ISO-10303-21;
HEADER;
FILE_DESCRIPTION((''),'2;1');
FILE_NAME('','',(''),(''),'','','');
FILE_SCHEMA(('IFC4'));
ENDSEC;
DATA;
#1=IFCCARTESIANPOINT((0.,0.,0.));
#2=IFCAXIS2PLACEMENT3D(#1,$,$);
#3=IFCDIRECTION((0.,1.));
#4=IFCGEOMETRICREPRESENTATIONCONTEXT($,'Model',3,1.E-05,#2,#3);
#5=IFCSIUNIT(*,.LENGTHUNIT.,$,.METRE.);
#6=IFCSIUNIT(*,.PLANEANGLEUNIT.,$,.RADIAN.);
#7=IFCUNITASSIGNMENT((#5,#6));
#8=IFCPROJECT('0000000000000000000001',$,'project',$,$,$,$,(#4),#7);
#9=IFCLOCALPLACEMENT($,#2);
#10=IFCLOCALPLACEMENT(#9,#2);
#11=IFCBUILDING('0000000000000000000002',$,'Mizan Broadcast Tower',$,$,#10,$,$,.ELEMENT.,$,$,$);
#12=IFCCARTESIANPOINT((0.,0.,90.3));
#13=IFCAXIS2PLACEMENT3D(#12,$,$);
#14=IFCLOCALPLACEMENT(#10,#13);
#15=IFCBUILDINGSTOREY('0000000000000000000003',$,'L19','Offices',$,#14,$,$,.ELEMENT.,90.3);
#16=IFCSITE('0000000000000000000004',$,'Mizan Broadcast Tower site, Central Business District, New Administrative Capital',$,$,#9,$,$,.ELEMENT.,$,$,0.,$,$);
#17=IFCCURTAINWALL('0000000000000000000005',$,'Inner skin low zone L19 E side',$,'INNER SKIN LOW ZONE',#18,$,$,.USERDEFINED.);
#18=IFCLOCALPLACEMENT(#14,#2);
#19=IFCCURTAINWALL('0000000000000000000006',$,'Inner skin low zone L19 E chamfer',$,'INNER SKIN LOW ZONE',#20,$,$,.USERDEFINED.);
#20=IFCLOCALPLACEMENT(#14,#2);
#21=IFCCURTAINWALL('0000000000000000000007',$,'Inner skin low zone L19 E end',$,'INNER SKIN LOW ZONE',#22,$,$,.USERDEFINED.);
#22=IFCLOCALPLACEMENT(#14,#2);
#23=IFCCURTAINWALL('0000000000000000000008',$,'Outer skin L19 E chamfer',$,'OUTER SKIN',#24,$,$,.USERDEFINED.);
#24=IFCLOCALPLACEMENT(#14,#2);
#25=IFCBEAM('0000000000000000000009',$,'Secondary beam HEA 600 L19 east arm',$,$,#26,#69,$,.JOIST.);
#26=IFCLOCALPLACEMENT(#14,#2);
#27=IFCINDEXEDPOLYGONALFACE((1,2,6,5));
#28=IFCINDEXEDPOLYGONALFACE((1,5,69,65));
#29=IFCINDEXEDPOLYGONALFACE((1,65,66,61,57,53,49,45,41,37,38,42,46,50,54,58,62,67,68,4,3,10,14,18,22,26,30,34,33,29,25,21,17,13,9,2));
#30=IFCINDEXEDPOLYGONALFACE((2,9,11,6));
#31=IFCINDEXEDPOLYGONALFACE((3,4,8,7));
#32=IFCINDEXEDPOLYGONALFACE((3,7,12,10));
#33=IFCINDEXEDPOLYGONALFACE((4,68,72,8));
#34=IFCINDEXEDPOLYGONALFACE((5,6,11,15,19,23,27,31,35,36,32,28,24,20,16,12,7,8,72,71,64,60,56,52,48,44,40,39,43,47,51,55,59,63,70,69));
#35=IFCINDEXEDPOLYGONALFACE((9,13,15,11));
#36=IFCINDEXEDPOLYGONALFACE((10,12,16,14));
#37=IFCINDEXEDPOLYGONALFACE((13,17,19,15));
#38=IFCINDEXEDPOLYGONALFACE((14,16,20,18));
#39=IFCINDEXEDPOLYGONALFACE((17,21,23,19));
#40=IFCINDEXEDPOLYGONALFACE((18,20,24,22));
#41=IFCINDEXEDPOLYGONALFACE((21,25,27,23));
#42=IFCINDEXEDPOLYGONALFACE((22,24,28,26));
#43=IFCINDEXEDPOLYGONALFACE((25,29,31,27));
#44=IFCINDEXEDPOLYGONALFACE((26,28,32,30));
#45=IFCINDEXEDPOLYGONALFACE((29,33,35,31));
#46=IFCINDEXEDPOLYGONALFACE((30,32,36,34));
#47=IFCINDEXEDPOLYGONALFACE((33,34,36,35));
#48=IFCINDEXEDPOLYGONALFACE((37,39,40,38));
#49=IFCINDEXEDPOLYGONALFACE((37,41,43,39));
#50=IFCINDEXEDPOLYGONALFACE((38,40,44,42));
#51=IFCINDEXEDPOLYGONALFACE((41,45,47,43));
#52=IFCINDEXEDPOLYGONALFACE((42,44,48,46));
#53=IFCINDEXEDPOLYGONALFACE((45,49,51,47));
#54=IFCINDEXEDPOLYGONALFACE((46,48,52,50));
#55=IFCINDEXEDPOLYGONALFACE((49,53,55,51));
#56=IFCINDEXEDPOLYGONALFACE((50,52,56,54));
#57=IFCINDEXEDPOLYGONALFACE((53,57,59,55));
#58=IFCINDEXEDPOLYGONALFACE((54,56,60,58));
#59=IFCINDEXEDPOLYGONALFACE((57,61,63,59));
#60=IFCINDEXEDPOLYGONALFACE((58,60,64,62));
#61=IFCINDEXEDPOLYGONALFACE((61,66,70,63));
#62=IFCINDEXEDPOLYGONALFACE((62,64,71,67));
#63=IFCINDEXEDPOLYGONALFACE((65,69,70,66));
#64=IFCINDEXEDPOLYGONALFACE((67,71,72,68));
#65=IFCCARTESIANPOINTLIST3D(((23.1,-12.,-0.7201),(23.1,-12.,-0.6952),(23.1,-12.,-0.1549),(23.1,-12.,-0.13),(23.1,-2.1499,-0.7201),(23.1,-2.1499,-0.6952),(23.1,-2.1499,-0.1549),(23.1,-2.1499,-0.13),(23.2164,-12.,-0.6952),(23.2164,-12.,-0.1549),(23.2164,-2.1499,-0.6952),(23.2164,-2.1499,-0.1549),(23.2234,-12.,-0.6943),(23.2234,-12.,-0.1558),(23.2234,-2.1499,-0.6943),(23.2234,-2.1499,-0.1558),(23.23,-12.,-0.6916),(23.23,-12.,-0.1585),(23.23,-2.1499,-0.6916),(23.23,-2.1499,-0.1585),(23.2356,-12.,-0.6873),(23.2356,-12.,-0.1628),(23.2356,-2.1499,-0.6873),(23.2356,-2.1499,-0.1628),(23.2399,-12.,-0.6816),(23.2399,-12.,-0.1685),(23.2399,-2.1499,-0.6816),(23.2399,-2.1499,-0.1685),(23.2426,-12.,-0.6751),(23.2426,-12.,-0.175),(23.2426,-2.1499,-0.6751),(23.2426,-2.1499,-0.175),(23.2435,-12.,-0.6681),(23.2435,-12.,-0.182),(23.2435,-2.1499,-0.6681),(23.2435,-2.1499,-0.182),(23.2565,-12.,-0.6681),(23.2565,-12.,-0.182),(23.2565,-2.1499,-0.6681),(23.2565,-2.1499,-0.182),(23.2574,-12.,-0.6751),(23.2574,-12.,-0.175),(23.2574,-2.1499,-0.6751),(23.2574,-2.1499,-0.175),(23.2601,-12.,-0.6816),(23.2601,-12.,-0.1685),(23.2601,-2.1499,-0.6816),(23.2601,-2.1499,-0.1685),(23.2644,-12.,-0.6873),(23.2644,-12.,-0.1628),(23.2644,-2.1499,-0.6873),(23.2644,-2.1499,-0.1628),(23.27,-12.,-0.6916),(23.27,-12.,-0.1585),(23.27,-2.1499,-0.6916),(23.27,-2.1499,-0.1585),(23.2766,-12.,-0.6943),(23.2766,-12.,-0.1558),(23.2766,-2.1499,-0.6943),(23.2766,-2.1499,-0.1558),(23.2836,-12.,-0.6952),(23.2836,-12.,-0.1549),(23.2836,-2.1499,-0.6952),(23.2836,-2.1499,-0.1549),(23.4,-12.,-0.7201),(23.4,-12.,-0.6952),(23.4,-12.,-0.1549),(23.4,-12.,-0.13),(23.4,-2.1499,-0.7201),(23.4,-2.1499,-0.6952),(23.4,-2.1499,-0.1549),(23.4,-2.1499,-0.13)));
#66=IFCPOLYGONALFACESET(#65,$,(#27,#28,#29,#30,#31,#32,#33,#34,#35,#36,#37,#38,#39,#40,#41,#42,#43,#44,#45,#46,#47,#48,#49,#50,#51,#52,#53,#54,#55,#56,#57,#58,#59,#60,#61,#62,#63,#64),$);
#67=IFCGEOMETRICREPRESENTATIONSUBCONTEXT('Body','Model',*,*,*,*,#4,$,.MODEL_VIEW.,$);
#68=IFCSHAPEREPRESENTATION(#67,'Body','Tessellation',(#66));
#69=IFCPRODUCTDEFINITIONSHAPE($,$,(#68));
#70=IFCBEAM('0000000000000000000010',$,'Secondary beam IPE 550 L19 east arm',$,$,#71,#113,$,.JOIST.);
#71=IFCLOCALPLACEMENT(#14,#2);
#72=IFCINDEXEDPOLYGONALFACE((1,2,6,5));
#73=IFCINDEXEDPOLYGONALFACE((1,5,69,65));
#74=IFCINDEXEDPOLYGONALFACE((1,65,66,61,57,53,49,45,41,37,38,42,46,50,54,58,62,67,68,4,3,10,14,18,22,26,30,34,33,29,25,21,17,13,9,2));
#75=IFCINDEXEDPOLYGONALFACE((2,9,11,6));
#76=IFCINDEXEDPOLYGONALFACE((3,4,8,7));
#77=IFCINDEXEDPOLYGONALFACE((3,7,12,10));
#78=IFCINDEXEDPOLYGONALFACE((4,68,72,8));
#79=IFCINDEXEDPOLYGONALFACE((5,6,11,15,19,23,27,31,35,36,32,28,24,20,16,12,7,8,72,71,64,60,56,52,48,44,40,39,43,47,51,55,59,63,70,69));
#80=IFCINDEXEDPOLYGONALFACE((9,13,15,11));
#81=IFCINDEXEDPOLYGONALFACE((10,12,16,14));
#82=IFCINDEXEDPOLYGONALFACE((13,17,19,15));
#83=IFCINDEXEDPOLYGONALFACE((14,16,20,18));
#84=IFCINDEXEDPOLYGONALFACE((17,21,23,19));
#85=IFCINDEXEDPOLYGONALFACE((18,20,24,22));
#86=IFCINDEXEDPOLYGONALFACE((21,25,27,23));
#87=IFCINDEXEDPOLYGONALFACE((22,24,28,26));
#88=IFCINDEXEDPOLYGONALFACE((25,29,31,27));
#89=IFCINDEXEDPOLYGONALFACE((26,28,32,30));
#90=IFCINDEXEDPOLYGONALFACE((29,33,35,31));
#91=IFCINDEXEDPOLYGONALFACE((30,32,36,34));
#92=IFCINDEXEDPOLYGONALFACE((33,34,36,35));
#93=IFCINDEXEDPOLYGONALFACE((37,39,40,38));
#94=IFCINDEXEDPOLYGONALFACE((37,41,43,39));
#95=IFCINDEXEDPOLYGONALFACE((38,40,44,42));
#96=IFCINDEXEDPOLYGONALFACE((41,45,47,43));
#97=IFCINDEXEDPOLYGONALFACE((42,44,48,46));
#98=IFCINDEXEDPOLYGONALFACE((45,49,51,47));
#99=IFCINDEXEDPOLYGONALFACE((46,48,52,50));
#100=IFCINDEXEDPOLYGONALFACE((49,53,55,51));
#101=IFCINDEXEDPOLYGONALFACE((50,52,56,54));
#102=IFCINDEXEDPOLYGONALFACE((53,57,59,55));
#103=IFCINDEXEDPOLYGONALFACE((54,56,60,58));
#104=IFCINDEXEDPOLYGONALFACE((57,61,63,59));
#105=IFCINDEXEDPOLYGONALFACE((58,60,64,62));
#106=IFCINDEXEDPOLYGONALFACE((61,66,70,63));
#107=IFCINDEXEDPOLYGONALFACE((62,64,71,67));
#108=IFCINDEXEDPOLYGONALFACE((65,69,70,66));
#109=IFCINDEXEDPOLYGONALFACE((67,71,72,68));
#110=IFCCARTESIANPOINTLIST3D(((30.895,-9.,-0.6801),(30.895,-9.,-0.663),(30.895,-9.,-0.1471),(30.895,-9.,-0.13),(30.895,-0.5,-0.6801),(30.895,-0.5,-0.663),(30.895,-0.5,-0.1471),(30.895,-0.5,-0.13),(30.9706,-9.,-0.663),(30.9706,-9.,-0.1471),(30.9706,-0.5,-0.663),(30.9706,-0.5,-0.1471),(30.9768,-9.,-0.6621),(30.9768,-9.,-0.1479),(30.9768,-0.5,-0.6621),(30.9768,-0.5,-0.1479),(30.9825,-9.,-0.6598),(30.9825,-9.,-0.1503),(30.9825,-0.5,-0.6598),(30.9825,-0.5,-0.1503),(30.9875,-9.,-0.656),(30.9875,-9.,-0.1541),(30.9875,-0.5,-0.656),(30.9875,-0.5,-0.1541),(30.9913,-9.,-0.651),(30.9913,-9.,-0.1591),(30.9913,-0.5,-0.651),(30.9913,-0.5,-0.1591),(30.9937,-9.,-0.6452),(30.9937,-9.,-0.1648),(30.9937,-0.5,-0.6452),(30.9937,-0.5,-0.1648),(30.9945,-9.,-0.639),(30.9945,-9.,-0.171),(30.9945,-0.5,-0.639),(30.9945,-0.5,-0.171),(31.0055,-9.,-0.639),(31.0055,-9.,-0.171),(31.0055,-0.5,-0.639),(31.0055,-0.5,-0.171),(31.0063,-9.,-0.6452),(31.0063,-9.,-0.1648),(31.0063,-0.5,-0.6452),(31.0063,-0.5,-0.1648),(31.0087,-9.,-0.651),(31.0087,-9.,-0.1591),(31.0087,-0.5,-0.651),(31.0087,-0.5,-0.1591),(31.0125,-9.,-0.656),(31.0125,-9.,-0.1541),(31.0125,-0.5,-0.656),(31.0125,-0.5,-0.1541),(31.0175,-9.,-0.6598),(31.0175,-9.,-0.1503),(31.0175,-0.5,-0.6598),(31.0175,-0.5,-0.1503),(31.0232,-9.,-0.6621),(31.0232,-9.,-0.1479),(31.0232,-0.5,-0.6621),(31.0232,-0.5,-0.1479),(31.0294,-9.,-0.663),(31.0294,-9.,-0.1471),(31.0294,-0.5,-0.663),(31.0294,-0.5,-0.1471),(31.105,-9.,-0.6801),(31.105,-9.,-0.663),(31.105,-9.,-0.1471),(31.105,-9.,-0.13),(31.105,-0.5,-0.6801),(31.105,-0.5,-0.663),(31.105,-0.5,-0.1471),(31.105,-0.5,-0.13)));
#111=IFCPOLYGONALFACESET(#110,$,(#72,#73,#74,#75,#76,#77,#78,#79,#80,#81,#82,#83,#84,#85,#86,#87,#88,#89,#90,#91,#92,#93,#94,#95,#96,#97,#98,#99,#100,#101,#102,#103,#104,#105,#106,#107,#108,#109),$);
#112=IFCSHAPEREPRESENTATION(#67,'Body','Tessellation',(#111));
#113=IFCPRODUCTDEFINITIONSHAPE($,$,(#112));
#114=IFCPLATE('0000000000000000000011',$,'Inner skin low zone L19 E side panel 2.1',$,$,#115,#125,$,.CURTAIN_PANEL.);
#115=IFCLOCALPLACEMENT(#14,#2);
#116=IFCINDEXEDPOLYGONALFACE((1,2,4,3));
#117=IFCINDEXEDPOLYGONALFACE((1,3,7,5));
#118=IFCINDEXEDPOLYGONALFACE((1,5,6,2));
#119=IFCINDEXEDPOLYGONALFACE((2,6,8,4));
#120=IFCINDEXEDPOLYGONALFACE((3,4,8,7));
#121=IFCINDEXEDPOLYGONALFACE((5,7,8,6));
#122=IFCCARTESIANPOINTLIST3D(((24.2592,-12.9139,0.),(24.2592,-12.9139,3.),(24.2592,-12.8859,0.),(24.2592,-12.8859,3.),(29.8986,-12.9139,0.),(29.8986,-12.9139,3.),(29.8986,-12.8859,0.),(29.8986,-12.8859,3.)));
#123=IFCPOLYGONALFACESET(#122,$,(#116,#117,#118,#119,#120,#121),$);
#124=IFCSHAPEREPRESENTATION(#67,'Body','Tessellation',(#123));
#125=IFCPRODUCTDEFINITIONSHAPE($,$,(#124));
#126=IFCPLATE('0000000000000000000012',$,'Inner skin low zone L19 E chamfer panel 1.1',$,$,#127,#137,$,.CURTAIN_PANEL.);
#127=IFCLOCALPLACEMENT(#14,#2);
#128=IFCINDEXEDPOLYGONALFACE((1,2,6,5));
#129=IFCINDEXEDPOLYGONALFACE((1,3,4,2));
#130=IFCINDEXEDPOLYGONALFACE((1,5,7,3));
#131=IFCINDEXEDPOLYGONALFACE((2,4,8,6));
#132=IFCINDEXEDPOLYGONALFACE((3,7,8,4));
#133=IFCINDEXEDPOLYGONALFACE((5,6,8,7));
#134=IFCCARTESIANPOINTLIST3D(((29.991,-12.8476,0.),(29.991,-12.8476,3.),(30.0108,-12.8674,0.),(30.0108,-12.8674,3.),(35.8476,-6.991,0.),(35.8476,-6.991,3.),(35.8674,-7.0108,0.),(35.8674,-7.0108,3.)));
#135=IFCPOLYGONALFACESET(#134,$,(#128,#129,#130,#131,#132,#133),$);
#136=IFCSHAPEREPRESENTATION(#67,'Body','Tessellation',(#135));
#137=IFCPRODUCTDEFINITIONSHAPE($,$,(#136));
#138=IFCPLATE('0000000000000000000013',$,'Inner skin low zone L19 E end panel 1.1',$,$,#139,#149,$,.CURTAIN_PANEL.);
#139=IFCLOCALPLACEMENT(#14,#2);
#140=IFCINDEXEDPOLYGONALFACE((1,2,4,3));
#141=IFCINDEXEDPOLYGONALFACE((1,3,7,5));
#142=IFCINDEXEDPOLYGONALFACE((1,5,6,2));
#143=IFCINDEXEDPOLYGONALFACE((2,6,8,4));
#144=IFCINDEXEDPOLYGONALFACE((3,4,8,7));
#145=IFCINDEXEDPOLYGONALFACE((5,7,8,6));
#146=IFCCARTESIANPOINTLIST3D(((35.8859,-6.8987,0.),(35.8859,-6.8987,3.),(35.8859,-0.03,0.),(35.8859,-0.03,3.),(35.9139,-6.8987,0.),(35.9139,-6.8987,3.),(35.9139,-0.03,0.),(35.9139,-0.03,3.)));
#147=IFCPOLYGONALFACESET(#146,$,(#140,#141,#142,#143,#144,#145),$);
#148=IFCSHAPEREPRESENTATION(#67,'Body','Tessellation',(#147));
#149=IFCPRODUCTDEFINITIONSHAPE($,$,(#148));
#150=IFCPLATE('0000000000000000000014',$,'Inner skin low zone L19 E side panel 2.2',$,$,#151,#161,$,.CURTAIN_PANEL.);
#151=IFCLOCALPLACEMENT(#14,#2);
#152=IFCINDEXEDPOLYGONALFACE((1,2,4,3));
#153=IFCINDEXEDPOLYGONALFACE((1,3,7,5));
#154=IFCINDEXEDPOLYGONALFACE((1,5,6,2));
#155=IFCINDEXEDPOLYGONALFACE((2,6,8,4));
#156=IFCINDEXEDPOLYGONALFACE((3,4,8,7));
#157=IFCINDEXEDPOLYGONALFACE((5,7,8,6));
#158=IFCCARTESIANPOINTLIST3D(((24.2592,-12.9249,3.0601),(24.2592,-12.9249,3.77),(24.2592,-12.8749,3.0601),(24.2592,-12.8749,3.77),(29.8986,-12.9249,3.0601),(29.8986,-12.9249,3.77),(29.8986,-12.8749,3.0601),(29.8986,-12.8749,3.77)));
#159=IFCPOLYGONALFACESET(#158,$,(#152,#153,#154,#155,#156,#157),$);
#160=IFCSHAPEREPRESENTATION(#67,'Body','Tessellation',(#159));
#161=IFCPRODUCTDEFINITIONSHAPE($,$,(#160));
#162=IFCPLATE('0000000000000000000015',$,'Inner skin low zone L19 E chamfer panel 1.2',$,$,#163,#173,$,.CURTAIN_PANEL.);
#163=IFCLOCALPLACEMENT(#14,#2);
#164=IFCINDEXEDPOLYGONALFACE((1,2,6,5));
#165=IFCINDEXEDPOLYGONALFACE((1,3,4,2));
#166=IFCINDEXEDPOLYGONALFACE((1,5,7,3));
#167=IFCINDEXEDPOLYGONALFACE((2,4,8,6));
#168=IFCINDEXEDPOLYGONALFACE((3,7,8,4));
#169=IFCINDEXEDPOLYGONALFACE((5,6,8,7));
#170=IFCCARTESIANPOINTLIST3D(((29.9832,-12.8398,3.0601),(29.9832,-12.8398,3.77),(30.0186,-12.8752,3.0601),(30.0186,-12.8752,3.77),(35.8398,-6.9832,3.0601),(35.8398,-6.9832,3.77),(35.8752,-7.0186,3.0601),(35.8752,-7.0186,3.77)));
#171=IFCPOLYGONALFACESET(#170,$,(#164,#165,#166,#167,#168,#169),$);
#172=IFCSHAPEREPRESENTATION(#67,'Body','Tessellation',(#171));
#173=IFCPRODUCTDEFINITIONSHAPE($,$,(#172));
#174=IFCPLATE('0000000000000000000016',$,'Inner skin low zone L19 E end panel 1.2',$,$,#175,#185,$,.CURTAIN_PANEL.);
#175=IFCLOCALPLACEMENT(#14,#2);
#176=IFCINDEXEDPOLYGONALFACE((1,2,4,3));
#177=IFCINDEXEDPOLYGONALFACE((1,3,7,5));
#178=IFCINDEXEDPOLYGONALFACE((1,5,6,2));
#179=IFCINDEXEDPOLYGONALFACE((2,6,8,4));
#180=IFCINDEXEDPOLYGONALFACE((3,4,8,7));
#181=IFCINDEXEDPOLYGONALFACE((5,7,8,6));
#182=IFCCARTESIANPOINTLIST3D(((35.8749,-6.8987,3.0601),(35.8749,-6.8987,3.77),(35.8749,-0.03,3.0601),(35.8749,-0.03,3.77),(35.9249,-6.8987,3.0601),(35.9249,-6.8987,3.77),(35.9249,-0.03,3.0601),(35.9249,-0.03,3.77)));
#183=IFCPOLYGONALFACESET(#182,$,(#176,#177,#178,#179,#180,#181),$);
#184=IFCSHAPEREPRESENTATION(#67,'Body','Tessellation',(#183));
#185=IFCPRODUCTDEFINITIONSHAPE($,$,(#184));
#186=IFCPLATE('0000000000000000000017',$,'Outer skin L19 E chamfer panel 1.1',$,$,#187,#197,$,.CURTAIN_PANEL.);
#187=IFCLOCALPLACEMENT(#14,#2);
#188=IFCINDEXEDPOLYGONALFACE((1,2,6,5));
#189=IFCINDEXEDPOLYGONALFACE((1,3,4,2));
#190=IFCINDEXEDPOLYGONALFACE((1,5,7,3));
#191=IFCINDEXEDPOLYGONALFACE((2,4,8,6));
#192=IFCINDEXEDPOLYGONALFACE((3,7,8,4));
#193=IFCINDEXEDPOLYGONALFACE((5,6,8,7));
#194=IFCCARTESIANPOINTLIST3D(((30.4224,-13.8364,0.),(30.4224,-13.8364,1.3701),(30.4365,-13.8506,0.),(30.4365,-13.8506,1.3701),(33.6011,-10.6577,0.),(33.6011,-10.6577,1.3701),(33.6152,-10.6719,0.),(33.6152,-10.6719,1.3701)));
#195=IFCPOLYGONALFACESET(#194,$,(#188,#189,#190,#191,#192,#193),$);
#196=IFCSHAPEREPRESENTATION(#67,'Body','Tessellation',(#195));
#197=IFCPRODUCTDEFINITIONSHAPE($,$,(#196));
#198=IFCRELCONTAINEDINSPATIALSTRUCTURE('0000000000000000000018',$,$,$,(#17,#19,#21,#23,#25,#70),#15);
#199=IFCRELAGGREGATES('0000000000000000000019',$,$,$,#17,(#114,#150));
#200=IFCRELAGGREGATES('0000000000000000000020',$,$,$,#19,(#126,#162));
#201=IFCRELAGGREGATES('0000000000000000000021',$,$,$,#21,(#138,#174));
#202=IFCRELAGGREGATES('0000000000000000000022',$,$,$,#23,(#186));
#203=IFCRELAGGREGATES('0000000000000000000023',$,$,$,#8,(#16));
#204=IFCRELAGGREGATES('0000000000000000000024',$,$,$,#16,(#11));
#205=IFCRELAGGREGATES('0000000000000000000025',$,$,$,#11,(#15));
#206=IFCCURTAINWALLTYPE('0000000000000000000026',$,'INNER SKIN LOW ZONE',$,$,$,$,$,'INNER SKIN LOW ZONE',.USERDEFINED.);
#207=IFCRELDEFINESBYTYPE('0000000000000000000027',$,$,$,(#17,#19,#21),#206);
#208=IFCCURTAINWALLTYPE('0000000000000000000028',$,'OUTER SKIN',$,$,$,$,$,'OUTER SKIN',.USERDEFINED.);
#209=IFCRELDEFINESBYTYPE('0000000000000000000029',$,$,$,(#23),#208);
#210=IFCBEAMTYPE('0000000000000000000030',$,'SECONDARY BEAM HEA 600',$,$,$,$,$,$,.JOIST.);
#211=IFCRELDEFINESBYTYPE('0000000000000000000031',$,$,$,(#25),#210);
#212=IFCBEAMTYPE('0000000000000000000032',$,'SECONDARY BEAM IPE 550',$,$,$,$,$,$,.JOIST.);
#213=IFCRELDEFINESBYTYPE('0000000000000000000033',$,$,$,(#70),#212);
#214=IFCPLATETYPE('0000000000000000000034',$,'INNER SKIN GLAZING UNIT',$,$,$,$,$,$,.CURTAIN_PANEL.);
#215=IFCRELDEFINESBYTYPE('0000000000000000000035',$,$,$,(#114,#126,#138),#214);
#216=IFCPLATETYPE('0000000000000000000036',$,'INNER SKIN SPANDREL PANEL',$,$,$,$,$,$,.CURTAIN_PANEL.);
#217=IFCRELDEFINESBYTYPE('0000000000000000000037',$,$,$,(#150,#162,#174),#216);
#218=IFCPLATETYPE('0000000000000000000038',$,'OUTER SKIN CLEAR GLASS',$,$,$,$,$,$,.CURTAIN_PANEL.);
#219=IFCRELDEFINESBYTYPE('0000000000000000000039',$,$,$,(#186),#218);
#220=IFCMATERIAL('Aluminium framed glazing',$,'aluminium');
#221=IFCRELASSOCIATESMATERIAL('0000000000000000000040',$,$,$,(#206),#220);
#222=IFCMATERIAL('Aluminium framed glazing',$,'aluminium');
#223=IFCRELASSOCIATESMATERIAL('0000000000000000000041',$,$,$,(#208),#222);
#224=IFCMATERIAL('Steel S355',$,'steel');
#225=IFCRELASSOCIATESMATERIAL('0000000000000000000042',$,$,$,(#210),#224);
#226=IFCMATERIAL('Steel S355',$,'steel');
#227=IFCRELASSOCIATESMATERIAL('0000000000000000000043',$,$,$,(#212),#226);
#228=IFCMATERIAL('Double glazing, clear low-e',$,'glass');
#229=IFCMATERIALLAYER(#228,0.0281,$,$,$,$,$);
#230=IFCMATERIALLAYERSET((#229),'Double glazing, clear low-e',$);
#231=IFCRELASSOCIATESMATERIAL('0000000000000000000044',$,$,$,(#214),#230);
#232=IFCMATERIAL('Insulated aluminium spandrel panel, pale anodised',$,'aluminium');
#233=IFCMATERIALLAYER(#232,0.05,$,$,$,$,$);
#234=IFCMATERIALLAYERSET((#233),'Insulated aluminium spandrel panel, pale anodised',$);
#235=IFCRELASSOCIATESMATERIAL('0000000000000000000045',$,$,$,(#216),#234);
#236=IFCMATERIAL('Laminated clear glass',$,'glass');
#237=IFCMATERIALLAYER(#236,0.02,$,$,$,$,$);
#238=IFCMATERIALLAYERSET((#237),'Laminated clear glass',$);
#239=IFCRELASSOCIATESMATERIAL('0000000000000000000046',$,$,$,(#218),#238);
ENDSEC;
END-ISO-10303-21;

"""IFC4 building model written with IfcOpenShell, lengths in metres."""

from ifc_helpers import new_model, si_unit, direction, frame, origin, origin_2d, place, context, subcontext, project, spatial, rectangle, i_section, extrude, material, layer, layer_set, material_profile, profile_set, type_object, element, aggregate, save


model = new_model("IFC4")

# Units and contexts
model_context = context("Model", 3, precision=1e-05, world=origin(), true_north=direction((0.0, 1.0)))
body_context = subcontext(model_context, "Body", "Model", "MODEL_VIEW")
ifc_project = project(units=[si_unit("LENGTHUNIT", "METRE"), si_unit("PLANEANGLEUNIT", "RADIAN")], contexts=[model_context])

# Site, building, storey
site_placement = place(None, origin())
site = spatial("IfcSite", under=ifc_project, at=site_placement, Name="Mizan Broadcast Tower site, Central Business District, New Administrative Capital", CompositionType="ELEMENT", RefElevation=0.0)
building_placement = place(site_placement, origin())
building = spatial("IfcBuilding", under=site, at=building_placement, Name="Mizan Broadcast Tower", CompositionType="ELEMENT")
storey_placement = place(building_placement, frame((0.0, 0.0, 90.3)))
storey = spatial("IfcBuildingStorey", under=building, at=storey_placement, Name="L19", Description="Offices", CompositionType="ELEMENT", Elevation=90.3)

# Curtain wall
ifc_material_1 = material(Name="Aluminium framed glazing", Category="aluminium")
curtain_wall_type_1 = type_object("IfcCurtainWallType", Name="INNER SKIN LOW ZONE", ElementType="INNER SKIN LOW ZONE", PredefinedType="USERDEFINED", material=ifc_material_1)
curtain_wall_1_placement = place(storey_placement, origin())
curtain_wall_1 = element("IfcCurtainWall", 1, at=curtain_wall_1_placement, inside=storey, type_object=curtain_wall_type_1, Name="Inner skin low zone L19 E side", ObjectType="INNER SKIN LOW ZONE", PredefinedType="USERDEFINED")

# Curtain wall
curtain_wall_2_placement = place(storey_placement, origin())
curtain_wall_2 = element("IfcCurtainWall", 2, at=curtain_wall_2_placement, inside=storey, type_object=curtain_wall_type_1, Name="Inner skin low zone L19 E chamfer", ObjectType="INNER SKIN LOW ZONE", PredefinedType="USERDEFINED")

# Curtain wall
curtain_wall_3_placement = place(storey_placement, origin())
curtain_wall_3 = element("IfcCurtainWall", 3, at=curtain_wall_3_placement, inside=storey, type_object=curtain_wall_type_1, Name="Inner skin low zone L19 E end", ObjectType="INNER SKIN LOW ZONE", PredefinedType="USERDEFINED")

# Curtain wall
ifc_material_2 = material(Name="Aluminium framed glazing", Category="aluminium")
curtain_wall_type_2 = type_object("IfcCurtainWallType", Name="OUTER SKIN", ElementType="OUTER SKIN", PredefinedType="USERDEFINED", material=ifc_material_2)
curtain_wall_4_placement = place(storey_placement, origin())
curtain_wall_4 = element("IfcCurtainWall", 4, at=curtain_wall_4_placement, inside=storey, type_object=curtain_wall_type_2, Name="Outer skin L19 E chamfer", ObjectType="OUTER SKIN", PredefinedType="USERDEFINED")

# Beams
ifc_material_3 = material(Name="Steel S355", Category="steel")
ifc_material_profile_1 = material_profile(ifc_material_3, i_section(OverallWidth=0.3, OverallDepth=0.5901, WebThickness=0.0129, FlangeThickness=0.0249, FilletRadius=0.0271, at=origin_2d()), Name="HEA 600")
ifc_profile_set_1 = profile_set([ifc_material_profile_1], Name="Steel S355")
beam_type_1 = type_object("IfcBeamType", Name="SECONDARY BEAM HEA 600", PredefinedType="JOIST", material=ifc_profile_set_1)
for number, where, z_axis, x_axis, name in (
    (5, (23.25, -12.0, -0.425), (0.0, 1.0, 0.0), (-1.0, 0.0, 0.0), "Secondary beam HEA 600 L19 east arm"),
):
    element("IfcBeam", number, at=place(storey_placement, frame(where, z_axis=z_axis, x_axis=x_axis)), inside=storey, type_object=beam_type_1, Name=name, PredefinedType="JOIST", context=body_context, shape_type="SweptSolid", body=[
        extrude(i_section(OverallWidth=0.3, OverallDepth=0.5901, WebThickness=0.0129, FlangeThickness=0.0249, FilletRadius=0.0271, at=origin_2d()), origin(), (0.0, 0.0, 1.0), 9.8501),
    ])
ifc_material_4 = material(Name="Steel S355", Category="steel")
ifc_material_profile_2 = material_profile(ifc_material_4, i_section(OverallWidth=0.21, OverallDepth=0.55, WebThickness=0.011, FlangeThickness=0.0171, FilletRadius=0.0239, at=origin_2d()), Name="IPE 550")
ifc_profile_set_2 = profile_set([ifc_material_profile_2], Name="Steel S355")
beam_type_2 = type_object("IfcBeamType", Name="SECONDARY BEAM IPE 550", PredefinedType="JOIST", material=ifc_profile_set_2)
beam_1_placement = place(storey_placement, frame((31.0, -9.0, -0.405), z_axis=(0.0, 1.0, 0.0), x_axis=(-1.0, 0.0, 0.0)))
element("IfcBeam", 6, at=beam_1_placement, inside=storey, type_object=beam_type_2, Name="Secondary beam IPE 550 L19 east arm", PredefinedType="JOIST", context=body_context, shape_type="SweptSolid", body=[
    extrude(i_section(OverallWidth=0.21, OverallDepth=0.55, WebThickness=0.011, FlangeThickness=0.0171, FilletRadius=0.0239, at=origin_2d()), origin(), (0.0, 0.0, 1.0), 8.5),
])

# Plates
ifc_material_5 = material(Name="Double glazing, clear low-e", Category="glass")
ifc_layer_1 = layer(ifc_material_5, 0.0281)
ifc_layer_set_1 = layer_set([ifc_layer_1], Name="Double glazing, clear low-e")
plate_type_1 = type_object("IfcPlateType", Name="INNER SKIN GLAZING UNIT", PredefinedType="CURTAIN_PANEL", material=ifc_layer_set_1)
plate_1_placement = place(storey_placement, frame((27.0789, -12.8999, 0.0), z_axis=(0.0, 0.0, 1.0), x_axis=(1.0, 0.0, 0.0)))
plate_1 = element("IfcPlate", 7, at=plate_1_placement, type_object=plate_type_1, Name="Inner skin low zone L19 E side panel 2.1", PredefinedType="CURTAIN_PANEL", context=body_context, shape_type="SweptSolid", body=[
    extrude(rectangle(XDim=5.6394, YDim=0.0281, at=origin_2d()), origin(), (0.0, 0.0, 1.0), 3.0),
])
plate_2_placement = place(storey_placement, frame((32.9292, -9.9292, 0.0), z_axis=(0.0, 0.0, 1.0), x_axis=(0.707107, 0.707107, 0.0)))
plate_2 = element("IfcPlate", 8, at=plate_2_placement, type_object=plate_type_1, Name="Inner skin low zone L19 E chamfer panel 1.1", PredefinedType="CURTAIN_PANEL", context=body_context, shape_type="SweptSolid", body=[
    extrude(rectangle(XDim=8.2825, YDim=0.0281, at=origin_2d()), origin(), (0.0, 0.0, 1.0), 3.0),
])
plate_3_placement = place(storey_placement, frame((35.8999, -3.4644, 0.0), z_axis=(0.0, 0.0, 1.0), x_axis=(0.0, 1.0, 0.0)))
plate_3 = element("IfcPlate", 9, at=plate_3_placement, type_object=plate_type_1, Name="Inner skin low zone L19 E end panel 1.1", PredefinedType="CURTAIN_PANEL", context=body_context, shape_type="SweptSolid", body=[
    extrude(rectangle(XDim=6.8687, YDim=0.0281, at=origin_2d()), origin(), (0.0, 0.0, 1.0), 3.0),
])
ifc_material_6 = material(Name="Insulated aluminium spandrel panel, pale anodised", Category="aluminium")
ifc_layer_2 = layer(ifc_material_6, 0.05)
ifc_layer_set_2 = layer_set([ifc_layer_2], Name="Insulated aluminium spandrel panel, pale anodised")
plate_type_2 = type_object("IfcPlateType", Name="INNER SKIN SPANDREL PANEL", PredefinedType="CURTAIN_PANEL", material=ifc_layer_set_2)
plate_4_placement = place(storey_placement, frame((27.0789, -12.8999, 3.0601), z_axis=(0.0, 0.0, 1.0), x_axis=(1.0, 0.0, 0.0)))
plate_4 = element("IfcPlate", 10, at=plate_4_placement, type_object=plate_type_2, Name="Inner skin low zone L19 E side panel 2.2", PredefinedType="CURTAIN_PANEL", context=body_context, shape_type="SweptSolid", body=[
    extrude(rectangle(XDim=5.6394, YDim=0.05, at=origin_2d()), origin(), (0.0, 0.0, 1.0), 0.71),
])
aggregate(curtain_wall_1, [plate_1, plate_4])
plate_5_placement = place(storey_placement, frame((32.9292, -9.9292, 3.0601), z_axis=(0.0, 0.0, 1.0), x_axis=(0.707107, 0.707107, 0.0)))
plate_5 = element("IfcPlate", 11, at=plate_5_placement, type_object=plate_type_2, Name="Inner skin low zone L19 E chamfer panel 1.2", PredefinedType="CURTAIN_PANEL", context=body_context, shape_type="SweptSolid", body=[
    extrude(rectangle(XDim=8.2825, YDim=0.05, at=origin_2d()), origin(), (0.0, 0.0, 1.0), 0.71),
])
aggregate(curtain_wall_2, [plate_2, plate_5])
plate_6_placement = place(storey_placement, frame((35.8999, -3.4644, 3.0601), z_axis=(0.0, 0.0, 1.0), x_axis=(0.0, 1.0, 0.0)))
plate_6 = element("IfcPlate", 12, at=plate_6_placement, type_object=plate_type_2, Name="Inner skin low zone L19 E end panel 1.2", PredefinedType="CURTAIN_PANEL", context=body_context, shape_type="SweptSolid", body=[
    extrude(rectangle(XDim=6.8687, YDim=0.05, at=origin_2d()), origin(), (0.0, 0.0, 1.0), 0.71),
])
aggregate(curtain_wall_3, [plate_3, plate_6])
ifc_material_7 = material(Name="Laminated clear glass", Category="glass")
ifc_layer_3 = layer(ifc_material_7, 0.02)
ifc_layer_set_3 = layer_set([ifc_layer_3], Name="Laminated clear glass")
plate_type_3 = type_object("IfcPlateType", Name="OUTER SKIN CLEAR GLASS", PredefinedType="CURTAIN_PANEL", material=ifc_layer_set_3)
plate_7_placement = place(storey_placement, frame((32.0188, -12.2542, 0.0), z_axis=(0.0, 0.0, 1.0), x_axis=(0.707107, 0.707107, 0.0)))
plate_7 = element("IfcPlate", 13, at=plate_7_placement, type_object=plate_type_3, Name="Outer skin L19 E chamfer panel 1.1", PredefinedType="CURTAIN_PANEL", context=body_context, shape_type="SweptSolid", body=[
    extrude(rectangle(XDim=4.4954, YDim=0.02, at=origin_2d()), origin(), (0.0, 0.0, 1.0), 1.3701),
])
aggregate(curtain_wall_4, [plate_7])

save(model, "model.ifc")
